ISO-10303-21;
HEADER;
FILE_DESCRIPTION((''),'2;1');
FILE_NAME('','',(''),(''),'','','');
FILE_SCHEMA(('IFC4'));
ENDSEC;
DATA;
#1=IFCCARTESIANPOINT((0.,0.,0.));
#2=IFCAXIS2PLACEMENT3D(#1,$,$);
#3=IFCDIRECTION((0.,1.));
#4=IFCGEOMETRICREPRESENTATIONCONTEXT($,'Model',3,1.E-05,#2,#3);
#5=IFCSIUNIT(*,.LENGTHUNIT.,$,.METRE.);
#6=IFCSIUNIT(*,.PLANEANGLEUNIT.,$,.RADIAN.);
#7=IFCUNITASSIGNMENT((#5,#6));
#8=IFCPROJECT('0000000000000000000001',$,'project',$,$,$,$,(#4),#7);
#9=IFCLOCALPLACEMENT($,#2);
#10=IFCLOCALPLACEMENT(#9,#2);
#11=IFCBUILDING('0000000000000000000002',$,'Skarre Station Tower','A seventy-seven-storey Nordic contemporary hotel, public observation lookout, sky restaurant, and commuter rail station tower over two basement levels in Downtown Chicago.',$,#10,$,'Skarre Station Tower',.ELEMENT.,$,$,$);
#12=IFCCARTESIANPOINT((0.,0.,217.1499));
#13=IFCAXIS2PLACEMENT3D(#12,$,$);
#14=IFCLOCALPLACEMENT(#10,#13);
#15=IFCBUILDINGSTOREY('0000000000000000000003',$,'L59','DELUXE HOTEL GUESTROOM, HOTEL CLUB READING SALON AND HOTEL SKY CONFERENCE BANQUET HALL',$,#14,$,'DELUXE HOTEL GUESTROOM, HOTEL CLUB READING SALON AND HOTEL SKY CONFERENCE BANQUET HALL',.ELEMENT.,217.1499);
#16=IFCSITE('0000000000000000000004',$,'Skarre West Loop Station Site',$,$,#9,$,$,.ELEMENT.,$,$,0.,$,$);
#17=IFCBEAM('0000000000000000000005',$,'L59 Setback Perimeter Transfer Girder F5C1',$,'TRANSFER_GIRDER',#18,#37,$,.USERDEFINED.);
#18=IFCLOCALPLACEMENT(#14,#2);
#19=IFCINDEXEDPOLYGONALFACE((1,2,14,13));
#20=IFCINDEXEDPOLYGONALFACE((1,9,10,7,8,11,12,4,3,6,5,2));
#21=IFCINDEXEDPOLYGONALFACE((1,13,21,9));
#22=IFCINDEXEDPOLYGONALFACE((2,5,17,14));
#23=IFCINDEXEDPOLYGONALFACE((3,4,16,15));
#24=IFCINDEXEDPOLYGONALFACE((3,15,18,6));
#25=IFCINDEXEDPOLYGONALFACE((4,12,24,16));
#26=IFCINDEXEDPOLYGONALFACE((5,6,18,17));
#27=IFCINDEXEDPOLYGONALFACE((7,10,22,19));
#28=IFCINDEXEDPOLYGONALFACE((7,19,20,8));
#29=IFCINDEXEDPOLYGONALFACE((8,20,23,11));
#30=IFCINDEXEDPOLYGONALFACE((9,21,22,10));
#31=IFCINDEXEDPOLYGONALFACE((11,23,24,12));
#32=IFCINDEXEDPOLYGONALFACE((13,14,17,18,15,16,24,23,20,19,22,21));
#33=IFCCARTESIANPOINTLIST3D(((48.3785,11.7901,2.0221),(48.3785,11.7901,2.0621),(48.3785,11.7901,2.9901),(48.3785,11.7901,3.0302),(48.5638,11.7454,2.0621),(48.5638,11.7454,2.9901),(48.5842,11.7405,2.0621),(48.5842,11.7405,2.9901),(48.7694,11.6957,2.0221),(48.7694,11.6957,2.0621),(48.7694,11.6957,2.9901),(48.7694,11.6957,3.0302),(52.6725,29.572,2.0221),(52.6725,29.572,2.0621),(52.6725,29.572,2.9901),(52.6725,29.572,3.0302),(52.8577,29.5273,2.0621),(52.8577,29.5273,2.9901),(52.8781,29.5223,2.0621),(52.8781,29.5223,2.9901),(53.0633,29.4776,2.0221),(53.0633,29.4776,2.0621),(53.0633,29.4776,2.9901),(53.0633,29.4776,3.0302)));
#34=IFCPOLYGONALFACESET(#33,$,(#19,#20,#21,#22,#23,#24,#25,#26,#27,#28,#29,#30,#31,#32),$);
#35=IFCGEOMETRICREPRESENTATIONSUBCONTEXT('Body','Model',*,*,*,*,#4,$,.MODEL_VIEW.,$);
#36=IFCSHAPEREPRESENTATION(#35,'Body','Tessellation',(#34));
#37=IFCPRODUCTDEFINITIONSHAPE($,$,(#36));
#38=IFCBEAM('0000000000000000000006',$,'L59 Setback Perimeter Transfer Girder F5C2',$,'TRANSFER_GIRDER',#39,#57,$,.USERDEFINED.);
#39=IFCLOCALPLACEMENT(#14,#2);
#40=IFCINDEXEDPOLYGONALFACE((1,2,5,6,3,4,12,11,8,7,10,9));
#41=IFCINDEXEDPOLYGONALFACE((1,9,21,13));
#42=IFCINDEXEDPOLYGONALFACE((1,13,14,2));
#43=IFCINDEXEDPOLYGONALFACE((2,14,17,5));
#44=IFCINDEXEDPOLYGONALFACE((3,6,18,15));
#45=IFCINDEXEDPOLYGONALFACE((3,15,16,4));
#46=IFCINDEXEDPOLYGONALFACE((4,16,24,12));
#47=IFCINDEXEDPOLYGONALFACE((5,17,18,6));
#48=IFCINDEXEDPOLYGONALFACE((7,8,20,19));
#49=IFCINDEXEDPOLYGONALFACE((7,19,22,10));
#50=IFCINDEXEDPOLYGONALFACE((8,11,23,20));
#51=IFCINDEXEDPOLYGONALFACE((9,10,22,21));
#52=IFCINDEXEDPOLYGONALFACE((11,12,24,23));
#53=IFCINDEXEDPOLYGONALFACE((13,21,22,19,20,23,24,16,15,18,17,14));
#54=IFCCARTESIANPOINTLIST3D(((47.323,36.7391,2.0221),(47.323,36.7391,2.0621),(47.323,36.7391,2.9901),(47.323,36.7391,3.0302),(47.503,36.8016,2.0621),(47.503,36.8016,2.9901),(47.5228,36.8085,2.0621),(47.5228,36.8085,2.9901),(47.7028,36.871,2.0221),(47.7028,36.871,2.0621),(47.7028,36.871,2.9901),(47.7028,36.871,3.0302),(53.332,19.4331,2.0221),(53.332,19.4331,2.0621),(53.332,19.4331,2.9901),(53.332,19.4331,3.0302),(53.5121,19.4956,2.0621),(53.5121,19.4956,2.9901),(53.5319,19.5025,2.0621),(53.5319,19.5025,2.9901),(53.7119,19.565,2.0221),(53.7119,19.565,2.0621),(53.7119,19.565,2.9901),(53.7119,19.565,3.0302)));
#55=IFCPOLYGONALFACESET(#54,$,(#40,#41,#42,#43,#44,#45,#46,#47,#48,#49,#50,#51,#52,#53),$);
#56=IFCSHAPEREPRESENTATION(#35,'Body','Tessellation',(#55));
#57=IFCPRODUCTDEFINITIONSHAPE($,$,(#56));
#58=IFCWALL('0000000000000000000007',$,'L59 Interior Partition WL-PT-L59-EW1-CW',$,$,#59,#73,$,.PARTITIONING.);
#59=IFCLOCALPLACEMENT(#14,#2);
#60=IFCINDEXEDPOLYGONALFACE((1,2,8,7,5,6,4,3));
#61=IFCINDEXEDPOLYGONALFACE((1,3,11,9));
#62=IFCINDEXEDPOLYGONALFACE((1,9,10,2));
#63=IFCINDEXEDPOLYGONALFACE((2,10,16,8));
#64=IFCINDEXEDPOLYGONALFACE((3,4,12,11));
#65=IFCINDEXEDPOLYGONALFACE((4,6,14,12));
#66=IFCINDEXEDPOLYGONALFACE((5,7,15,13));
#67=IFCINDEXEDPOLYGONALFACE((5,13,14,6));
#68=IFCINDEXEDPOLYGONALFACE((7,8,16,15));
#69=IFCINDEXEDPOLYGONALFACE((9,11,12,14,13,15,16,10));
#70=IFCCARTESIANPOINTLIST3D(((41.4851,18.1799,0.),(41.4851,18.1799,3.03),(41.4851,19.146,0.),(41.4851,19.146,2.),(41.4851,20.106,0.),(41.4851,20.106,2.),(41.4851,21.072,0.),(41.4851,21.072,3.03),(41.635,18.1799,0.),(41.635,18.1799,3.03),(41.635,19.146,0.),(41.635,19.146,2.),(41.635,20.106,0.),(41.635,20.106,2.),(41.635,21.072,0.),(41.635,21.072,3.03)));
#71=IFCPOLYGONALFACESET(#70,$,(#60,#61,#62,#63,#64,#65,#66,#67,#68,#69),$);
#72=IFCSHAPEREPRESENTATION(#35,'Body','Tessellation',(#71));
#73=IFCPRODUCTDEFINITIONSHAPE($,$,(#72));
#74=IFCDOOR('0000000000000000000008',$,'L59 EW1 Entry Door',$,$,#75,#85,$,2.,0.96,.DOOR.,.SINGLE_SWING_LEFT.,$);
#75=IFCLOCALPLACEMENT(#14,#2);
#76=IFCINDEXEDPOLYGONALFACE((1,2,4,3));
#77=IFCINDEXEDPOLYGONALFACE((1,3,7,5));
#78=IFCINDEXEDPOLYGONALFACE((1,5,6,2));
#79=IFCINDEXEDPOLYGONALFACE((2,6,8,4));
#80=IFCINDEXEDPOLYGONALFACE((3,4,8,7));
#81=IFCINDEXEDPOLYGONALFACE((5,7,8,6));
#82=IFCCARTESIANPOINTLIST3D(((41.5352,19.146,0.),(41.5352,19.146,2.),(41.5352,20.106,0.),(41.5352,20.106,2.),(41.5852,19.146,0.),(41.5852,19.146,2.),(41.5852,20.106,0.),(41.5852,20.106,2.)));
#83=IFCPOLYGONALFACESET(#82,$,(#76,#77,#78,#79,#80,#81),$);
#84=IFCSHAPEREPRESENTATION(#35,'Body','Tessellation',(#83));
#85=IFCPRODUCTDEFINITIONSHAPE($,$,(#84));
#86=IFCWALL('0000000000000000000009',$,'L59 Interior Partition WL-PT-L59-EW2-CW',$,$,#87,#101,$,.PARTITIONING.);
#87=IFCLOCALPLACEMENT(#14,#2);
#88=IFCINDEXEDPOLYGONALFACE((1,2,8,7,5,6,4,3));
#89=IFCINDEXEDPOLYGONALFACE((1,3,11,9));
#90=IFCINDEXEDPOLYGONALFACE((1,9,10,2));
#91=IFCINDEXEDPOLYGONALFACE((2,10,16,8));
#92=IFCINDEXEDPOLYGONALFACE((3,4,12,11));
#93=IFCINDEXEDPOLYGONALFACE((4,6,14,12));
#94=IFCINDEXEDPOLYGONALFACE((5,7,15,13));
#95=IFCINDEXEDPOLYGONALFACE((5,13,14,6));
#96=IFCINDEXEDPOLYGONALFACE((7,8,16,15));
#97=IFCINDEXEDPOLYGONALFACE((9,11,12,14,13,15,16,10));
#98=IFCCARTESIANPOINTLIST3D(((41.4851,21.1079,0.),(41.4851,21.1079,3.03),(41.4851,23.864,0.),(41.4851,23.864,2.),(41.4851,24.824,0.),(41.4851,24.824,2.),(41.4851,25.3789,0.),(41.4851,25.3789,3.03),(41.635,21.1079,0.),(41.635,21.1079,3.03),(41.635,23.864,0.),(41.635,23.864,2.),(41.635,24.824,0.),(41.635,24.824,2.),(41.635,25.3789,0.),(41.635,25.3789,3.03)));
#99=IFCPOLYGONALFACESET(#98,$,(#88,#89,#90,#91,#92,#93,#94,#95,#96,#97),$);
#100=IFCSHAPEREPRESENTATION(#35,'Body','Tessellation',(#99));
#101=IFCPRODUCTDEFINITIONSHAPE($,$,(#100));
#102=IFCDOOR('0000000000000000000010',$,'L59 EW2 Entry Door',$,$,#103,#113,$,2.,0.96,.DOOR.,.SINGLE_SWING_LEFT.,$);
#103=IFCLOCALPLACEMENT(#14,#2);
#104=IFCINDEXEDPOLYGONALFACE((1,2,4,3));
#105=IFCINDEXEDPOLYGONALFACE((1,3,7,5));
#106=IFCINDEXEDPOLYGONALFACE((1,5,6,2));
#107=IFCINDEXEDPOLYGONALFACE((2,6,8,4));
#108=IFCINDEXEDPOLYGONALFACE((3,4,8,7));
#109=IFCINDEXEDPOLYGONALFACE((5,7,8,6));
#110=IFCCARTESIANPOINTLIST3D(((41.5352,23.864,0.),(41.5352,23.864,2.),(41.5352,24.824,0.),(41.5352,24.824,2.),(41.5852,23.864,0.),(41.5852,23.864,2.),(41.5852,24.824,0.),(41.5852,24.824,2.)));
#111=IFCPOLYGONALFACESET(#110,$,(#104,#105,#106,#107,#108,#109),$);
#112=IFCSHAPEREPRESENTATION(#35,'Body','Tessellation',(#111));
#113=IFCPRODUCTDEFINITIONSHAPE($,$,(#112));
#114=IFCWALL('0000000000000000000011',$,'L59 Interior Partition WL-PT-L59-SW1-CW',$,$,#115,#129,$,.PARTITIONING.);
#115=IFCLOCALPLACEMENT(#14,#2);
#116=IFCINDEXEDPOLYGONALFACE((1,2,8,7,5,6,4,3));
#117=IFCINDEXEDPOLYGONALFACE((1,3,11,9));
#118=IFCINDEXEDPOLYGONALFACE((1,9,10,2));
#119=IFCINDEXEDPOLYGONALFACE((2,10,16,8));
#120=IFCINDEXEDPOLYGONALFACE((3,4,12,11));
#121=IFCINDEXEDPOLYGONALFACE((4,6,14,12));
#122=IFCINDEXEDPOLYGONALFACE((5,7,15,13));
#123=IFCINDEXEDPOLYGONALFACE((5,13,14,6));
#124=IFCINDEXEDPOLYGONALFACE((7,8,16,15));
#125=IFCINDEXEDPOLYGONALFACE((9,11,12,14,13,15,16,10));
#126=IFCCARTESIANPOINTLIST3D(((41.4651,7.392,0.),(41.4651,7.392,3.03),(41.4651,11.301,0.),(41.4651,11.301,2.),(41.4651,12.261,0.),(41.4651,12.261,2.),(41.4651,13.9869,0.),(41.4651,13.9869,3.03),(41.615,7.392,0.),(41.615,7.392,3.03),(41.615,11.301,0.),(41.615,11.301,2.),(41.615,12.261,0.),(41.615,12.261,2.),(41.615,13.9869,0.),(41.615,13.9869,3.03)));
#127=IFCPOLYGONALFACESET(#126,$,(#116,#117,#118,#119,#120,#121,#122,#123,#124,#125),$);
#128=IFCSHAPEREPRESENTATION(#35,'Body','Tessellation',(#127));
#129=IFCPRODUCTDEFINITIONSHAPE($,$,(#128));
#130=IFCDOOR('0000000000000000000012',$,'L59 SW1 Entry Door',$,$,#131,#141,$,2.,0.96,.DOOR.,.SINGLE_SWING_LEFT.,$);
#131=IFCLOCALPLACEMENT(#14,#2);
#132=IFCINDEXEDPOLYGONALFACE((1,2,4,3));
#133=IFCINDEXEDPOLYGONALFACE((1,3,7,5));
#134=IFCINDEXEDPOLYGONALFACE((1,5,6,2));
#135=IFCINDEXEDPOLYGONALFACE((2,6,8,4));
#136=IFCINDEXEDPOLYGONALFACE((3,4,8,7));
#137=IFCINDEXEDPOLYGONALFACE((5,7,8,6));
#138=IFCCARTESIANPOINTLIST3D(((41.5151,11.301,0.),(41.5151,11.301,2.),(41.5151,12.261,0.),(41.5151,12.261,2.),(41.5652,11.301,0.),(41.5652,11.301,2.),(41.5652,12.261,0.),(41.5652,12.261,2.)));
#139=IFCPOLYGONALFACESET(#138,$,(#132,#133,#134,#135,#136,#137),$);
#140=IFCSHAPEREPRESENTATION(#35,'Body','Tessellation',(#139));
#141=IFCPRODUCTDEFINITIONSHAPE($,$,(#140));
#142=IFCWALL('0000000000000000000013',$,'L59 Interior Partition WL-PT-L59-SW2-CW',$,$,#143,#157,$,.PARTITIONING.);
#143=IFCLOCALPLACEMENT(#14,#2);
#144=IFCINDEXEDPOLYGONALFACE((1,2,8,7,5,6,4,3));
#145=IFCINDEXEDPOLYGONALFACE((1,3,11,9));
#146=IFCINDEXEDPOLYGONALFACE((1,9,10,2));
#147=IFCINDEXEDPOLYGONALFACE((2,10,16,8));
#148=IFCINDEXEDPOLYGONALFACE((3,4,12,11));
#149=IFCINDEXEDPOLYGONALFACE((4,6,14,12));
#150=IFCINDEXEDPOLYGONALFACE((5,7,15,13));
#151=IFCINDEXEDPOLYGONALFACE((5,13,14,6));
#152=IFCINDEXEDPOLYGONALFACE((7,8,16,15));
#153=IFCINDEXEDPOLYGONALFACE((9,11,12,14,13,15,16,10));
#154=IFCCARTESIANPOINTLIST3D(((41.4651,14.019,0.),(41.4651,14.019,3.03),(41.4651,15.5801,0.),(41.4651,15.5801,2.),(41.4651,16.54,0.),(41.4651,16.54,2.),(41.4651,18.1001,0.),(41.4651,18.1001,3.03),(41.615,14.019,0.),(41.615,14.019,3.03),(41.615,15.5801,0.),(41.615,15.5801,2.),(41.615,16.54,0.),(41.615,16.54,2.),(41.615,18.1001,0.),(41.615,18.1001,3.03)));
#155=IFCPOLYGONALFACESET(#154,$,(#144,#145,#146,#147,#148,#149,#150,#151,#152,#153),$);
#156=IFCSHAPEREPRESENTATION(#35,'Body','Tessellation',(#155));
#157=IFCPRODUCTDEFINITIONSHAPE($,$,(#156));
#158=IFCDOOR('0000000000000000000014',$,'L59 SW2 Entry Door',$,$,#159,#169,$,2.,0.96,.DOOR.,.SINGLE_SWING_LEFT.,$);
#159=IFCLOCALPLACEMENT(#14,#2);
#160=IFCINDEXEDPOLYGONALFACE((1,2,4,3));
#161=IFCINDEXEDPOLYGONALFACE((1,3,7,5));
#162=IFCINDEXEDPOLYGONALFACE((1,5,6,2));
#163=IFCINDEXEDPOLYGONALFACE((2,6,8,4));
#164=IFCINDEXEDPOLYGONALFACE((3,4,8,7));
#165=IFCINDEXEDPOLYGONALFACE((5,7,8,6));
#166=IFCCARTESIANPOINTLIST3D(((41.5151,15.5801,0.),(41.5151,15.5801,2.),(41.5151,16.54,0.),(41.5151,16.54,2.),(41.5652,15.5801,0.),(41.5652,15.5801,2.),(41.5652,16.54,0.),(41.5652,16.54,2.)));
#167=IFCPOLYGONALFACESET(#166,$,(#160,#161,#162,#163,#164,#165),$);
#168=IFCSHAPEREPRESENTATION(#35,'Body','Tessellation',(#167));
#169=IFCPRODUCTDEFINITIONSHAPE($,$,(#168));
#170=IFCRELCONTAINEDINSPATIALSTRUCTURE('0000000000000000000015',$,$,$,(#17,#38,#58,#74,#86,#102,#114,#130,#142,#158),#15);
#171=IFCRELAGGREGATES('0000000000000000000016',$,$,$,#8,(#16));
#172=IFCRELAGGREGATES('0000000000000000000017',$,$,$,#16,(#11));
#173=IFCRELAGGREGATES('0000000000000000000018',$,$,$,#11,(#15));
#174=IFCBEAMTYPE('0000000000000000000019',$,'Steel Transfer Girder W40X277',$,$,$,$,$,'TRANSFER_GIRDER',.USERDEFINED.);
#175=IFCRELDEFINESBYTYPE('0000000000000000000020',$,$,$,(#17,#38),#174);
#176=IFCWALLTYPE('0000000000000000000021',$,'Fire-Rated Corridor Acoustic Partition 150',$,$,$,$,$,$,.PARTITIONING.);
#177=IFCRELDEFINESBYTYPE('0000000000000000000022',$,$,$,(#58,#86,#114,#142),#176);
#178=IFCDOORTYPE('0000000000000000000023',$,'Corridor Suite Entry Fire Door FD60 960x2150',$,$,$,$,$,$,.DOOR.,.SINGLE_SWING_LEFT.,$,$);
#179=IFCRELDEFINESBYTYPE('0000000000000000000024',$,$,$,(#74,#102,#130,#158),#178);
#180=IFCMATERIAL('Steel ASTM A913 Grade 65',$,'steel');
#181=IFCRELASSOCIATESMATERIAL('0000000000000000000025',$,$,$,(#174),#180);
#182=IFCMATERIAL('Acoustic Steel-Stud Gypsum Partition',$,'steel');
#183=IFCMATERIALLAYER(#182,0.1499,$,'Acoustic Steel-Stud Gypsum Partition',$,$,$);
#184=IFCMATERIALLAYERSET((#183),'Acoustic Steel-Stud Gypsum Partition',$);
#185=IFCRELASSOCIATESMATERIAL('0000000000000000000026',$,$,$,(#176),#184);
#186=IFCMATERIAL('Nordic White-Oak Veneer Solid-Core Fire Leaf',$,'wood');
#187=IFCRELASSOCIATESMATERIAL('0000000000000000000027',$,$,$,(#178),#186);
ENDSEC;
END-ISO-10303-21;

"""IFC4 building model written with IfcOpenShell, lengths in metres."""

from ifc_helpers import new_model, si_unit, direction, frame, frame_2d, origin, origin_2d, place, context, subcontext, project, spatial, rectangle, i_section, extrude, material, layer, layer_set, material_profile, profile_set, type_object, element, fill, save


model = new_model("IFC4")

# Units and contexts
model_context = context("Model", 3, precision=1e-05, world=origin(), true_north=direction((0.0, 1.0)))
body_context = subcontext(model_context, "Body", "Model", "MODEL_VIEW")
ifc_project = project(units=[si_unit("LENGTHUNIT", "METRE"), si_unit("PLANEANGLEUNIT", "RADIAN")], contexts=[model_context])

# Site, building, storey
site_placement = place(None, origin())
site = spatial("IfcSite", under=ifc_project, at=site_placement, Name="Skarre West Loop Station Site", CompositionType="ELEMENT", RefElevation=0.0)
building_placement = place(site_placement, origin())
building = spatial("IfcBuilding", under=site, at=building_placement, Name="Skarre Station Tower", Description="A seventy-seven-storey Nordic contemporary hotel, public observation lookout, sky restaurant, and commuter rail station tower over two basement levels in Downtown Chicago.", LongName="Skarre Station Tower", CompositionType="ELEMENT")
storey_placement = place(building_placement, frame((0.0, 0.0, 217.1499)))
storey = spatial("IfcBuildingStorey", under=building, at=storey_placement, Name="L59", Description="DELUXE HOTEL GUESTROOM, HOTEL CLUB READING SALON AND HOTEL SKY CONFERENCE BANQUET HALL", LongName="DELUXE HOTEL GUESTROOM, HOTEL CLUB READING SALON AND HOTEL SKY CONFERENCE BANQUET HALL", CompositionType="ELEMENT", Elevation=217.1499)

# Beams
ifc_material_1 = material(Name="Steel ASTM A913 Grade 65", Category="steel")
ifc_material_profile_1 = material_profile(ifc_material_1, i_section(OverallWidth=0.4021, OverallDepth=1.0081, WebThickness=0.021, FlangeThickness=0.04, at=origin_2d()), Name="Steel ASTM A913 Grade 65")
ifc_profile_set_1 = profile_set([ifc_material_profile_1], Name="Steel ASTM A913 Grade 65")
beam_type_1 = type_object("IfcBeamType", Name="Steel Transfer Girder W40X277", ElementType="TRANSFER_GIRDER", PredefinedType="USERDEFINED", material=ifc_profile_set_1)
beam_1_placement = place(storey_placement, frame((48.574, 11.7429, 2.5261), z_axis=(0.234731, 0.97206, 0.0), x_axis=(-0.97206, 0.234731, 0.0)))
element("IfcBeam", 1, at=beam_1_placement, inside=storey, type_object=beam_type_1, Name="L59 Setback Perimeter Transfer Girder F5C1", ObjectType="TRANSFER_GIRDER", PredefinedType="USERDEFINED", context=body_context, shape_type="SweptSolid", body=[
    extrude(i_section(OverallWidth=0.4021, OverallDepth=1.0081, WebThickness=0.021, FlangeThickness=0.04, at=origin_2d()), origin(), (0.0, 0.0, 1.0), 18.293),
])
beam_2_placement = place(storey_placement, frame((53.522, 19.499, 2.5261), z_axis=(-0.328014, 0.944673, 0.0), x_axis=(-0.944673, -0.328014, 0.0)))
element("IfcBeam", 2, at=beam_2_placement, inside=storey, type_object=beam_type_1, Name="L59 Setback Perimeter Transfer Girder F5C2", ObjectType="TRANSFER_GIRDER", PredefinedType="USERDEFINED", context=body_context, shape_type="SweptSolid", body=[
    extrude(i_section(OverallWidth=0.4021, OverallDepth=1.0081, WebThickness=0.021, FlangeThickness=0.04, at=origin_2d()), origin(), (0.0, 0.0, 1.0), 18.3196),
])

# Walls, openings, doors
ifc_material_2 = material(Name="Acoustic Steel-Stud Gypsum Partition", Category="steel")
ifc_layer_1 = layer(ifc_material_2, 0.1499, Name="Acoustic Steel-Stud Gypsum Partition")
ifc_layer_set_1 = layer_set([ifc_layer_1], Name="Acoustic Steel-Stud Gypsum Partition")
wall_type_1 = type_object("IfcWallType", Name="Fire-Rated Corridor Acoustic Partition 150", PredefinedType="PARTITIONING", material=ifc_layer_set_1)
wall_1_placement = place(storey_placement, frame((41.5601, 18.1799, 0.0), z_axis=(0.0, 0.0, 1.0), x_axis=(0.0, 1.0, 0.0)))
wall_1 = element("IfcWall", 3, at=wall_1_placement, inside=storey, type_object=wall_type_1, Name="L59 Interior Partition WL-PT-L59-EW1-CW", PredefinedType="PARTITIONING", context=body_context, shape_type="SweptSolid", body=[
    extrude(rectangle(XDim=2.8921, YDim=0.1499, at=frame_2d((1.446, 0.0))), origin(), (0.0, 0.0, 1.0), 3.03),
])
opening_1_placement = place(wall_1_placement, frame((0.9661, 0.0, 0.0)))
opening_1 = element("IfcOpeningElement", 4, at=opening_1_placement, cuts=wall_1, PredefinedType="OPENING", context=body_context, shape_type="SweptSolid", body=[
    extrude(rectangle(XDim=0.96, YDim=2.0, at=frame_2d((0.48, 1.0))), frame((0.0, 0.085, 0.0), z_axis=(0.0, -1.0, 0.0), x_axis=(1.0, 0.0, 0.0)), (0.0, 0.0, 1.0), 0.1699),
])
ifc_material_3 = material(Name="Nordic White-Oak Veneer Solid-Core Fire Leaf", Category="wood")
door_type = type_object("IfcDoorType", Name="Corridor Suite Entry Fire Door FD60 960x2150", OperationType="SINGLE_SWING_LEFT", PredefinedType="DOOR", material=ifc_material_3)
door_1_placement = place(opening_1_placement, origin())
door_1 = element("IfcDoor", 5, at=door_1_placement, inside=storey, type_object=door_type, Name="L59 EW1 Entry Door", OperationType="SINGLE_SWING_LEFT", OverallHeight=2.0, OverallWidth=0.96, PredefinedType="DOOR", context=body_context, shape_type="SweptSolid", body=[
    extrude(rectangle(XDim=0.96, YDim=2.0, at=frame_2d((0.48, 1.0))), frame((0.0, 0.0249, 0.0), z_axis=(0.0, -1.0, 0.0), x_axis=(1.0, 0.0, 0.0)), (0.0, 0.0, 1.0), 0.05),
])
fill(opening_1, door_1)
wall_2_placement = place(storey_placement, frame((41.5601, 21.1079, 0.0), z_axis=(0.0, 0.0, 1.0), x_axis=(0.0, 1.0, 0.0)))
wall_2 = element("IfcWall", 6, at=wall_2_placement, inside=storey, type_object=wall_type_1, Name="L59 Interior Partition WL-PT-L59-EW2-CW", PredefinedType="PARTITIONING", context=body_context, shape_type="SweptSolid", body=[
    extrude(rectangle(XDim=4.271, YDim=0.1499, at=frame_2d((2.1355, 0.0))), origin(), (0.0, 0.0, 1.0), 3.03),
])
opening_2_placement = place(wall_2_placement, frame((2.7561, 0.0, 0.0)))
opening_2 = element("IfcOpeningElement", 7, at=opening_2_placement, cuts=wall_2, PredefinedType="OPENING", context=body_context, shape_type="SweptSolid", body=[
    extrude(rectangle(XDim=0.96, YDim=2.0, at=frame_2d((0.48, 1.0))), frame((0.0, 0.085, 0.0), z_axis=(0.0, -1.0, 0.0), x_axis=(1.0, 0.0, 0.0)), (0.0, 0.0, 1.0), 0.1699),
])
door_2_placement = place(opening_2_placement, origin())
door_2 = element("IfcDoor", 8, at=door_2_placement, inside=storey, type_object=door_type, Name="L59 EW2 Entry Door", OperationType="SINGLE_SWING_LEFT", OverallHeight=2.0, OverallWidth=0.96, PredefinedType="DOOR", context=body_context, shape_type="SweptSolid", body=[
    extrude(rectangle(XDim=0.96, YDim=2.0, at=frame_2d((0.48, 1.0))), frame((0.0, 0.0249, 0.0), z_axis=(0.0, -1.0, 0.0), x_axis=(1.0, 0.0, 0.0)), (0.0, 0.0, 1.0), 0.05),
])
fill(opening_2, door_2)
wall_3_placement = place(storey_placement, frame((41.54, 7.3921, 0.0), z_axis=(0.0, 0.0, 1.0), x_axis=(0.0, 1.0, 0.0)))
wall_3 = element("IfcWall", 9, at=wall_3_placement, inside=storey, type_object=wall_type_1, Name="L59 Interior Partition WL-PT-L59-SW1-CW", PredefinedType="PARTITIONING", context=body_context, shape_type="SweptSolid", body=[
    extrude(rectangle(XDim=6.595, YDim=0.1499, at=frame_2d((3.2974, 0.0))), origin(), (0.0, 0.0, 1.0), 3.03),
])
opening_3_placement = place(wall_3_placement, frame((3.9089, 0.0, 0.0)))
opening_3 = element("IfcOpeningElement", 10, at=opening_3_placement, cuts=wall_3, PredefinedType="OPENING", context=body_context, shape_type="SweptSolid", body=[
    extrude(rectangle(XDim=0.96, YDim=2.0, at=frame_2d((0.48, 1.0))), frame((0.0, 0.085, 0.0), z_axis=(0.0, -1.0, 0.0), x_axis=(1.0, 0.0, 0.0)), (0.0, 0.0, 1.0), 0.1699),
])
door_3_placement = place(opening_3_placement, origin())
door_3 = element("IfcDoor", 11, at=door_3_placement, inside=storey, type_object=door_type, Name="L59 SW1 Entry Door", OperationType="SINGLE_SWING_LEFT", OverallHeight=2.0, OverallWidth=0.96, PredefinedType="DOOR", context=body_context, shape_type="SweptSolid", body=[
    extrude(rectangle(XDim=0.96, YDim=2.0, at=frame_2d((0.48, 1.0))), frame((0.0, 0.0249, 0.0), z_axis=(0.0, -1.0, 0.0), x_axis=(1.0, 0.0, 0.0)), (0.0, 0.0, 1.0), 0.05),
])
fill(opening_3, door_3)
wall_4_placement = place(storey_placement, frame((41.54, 14.019, 0.0), z_axis=(0.0, 0.0, 1.0), x_axis=(0.0, 1.0, 0.0)))
wall_4 = element("IfcWall", 12, at=wall_4_placement, inside=storey, type_object=wall_type_1, Name="L59 Interior Partition WL-PT-L59-SW2-CW", PredefinedType="PARTITIONING", context=body_context, shape_type="SweptSolid", body=[
    extrude(rectangle(XDim=4.0811, YDim=0.1499, at=frame_2d((2.0405, 0.0))), origin(), (0.0, 0.0, 1.0), 3.03),
])
opening_4_placement = place(wall_4_placement, frame((1.561, 0.0, 0.0)))
opening_4 = element("IfcOpeningElement", 13, at=opening_4_placement, cuts=wall_4, PredefinedType="OPENING", context=body_context, shape_type="SweptSolid", body=[
    extrude(rectangle(XDim=0.96, YDim=2.0, at=frame_2d((0.48, 1.0))), frame((0.0, 0.085, 0.0), z_axis=(0.0, -1.0, 0.0), x_axis=(1.0, 0.0, 0.0)), (0.0, 0.0, 1.0), 0.1699),
])
door_4_placement = place(opening_4_placement, origin())
door_4 = element("IfcDoor", 14, at=door_4_placement, inside=storey, type_object=door_type, Name="L59 SW2 Entry Door", OperationType="SINGLE_SWING_LEFT", OverallHeight=2.0, OverallWidth=0.96, PredefinedType="DOOR", context=body_context, shape_type="SweptSolid", body=[
    extrude(rectangle(XDim=0.96, YDim=2.0, at=frame_2d((0.48, 1.0))), frame((0.0, 0.0249, 0.0), z_axis=(0.0, -1.0, 0.0), x_axis=(1.0, 0.0, 0.0)), (0.0, 0.0, 1.0), 0.05),
])
fill(opening_4, door_4)

save(model, "model.ifc")
